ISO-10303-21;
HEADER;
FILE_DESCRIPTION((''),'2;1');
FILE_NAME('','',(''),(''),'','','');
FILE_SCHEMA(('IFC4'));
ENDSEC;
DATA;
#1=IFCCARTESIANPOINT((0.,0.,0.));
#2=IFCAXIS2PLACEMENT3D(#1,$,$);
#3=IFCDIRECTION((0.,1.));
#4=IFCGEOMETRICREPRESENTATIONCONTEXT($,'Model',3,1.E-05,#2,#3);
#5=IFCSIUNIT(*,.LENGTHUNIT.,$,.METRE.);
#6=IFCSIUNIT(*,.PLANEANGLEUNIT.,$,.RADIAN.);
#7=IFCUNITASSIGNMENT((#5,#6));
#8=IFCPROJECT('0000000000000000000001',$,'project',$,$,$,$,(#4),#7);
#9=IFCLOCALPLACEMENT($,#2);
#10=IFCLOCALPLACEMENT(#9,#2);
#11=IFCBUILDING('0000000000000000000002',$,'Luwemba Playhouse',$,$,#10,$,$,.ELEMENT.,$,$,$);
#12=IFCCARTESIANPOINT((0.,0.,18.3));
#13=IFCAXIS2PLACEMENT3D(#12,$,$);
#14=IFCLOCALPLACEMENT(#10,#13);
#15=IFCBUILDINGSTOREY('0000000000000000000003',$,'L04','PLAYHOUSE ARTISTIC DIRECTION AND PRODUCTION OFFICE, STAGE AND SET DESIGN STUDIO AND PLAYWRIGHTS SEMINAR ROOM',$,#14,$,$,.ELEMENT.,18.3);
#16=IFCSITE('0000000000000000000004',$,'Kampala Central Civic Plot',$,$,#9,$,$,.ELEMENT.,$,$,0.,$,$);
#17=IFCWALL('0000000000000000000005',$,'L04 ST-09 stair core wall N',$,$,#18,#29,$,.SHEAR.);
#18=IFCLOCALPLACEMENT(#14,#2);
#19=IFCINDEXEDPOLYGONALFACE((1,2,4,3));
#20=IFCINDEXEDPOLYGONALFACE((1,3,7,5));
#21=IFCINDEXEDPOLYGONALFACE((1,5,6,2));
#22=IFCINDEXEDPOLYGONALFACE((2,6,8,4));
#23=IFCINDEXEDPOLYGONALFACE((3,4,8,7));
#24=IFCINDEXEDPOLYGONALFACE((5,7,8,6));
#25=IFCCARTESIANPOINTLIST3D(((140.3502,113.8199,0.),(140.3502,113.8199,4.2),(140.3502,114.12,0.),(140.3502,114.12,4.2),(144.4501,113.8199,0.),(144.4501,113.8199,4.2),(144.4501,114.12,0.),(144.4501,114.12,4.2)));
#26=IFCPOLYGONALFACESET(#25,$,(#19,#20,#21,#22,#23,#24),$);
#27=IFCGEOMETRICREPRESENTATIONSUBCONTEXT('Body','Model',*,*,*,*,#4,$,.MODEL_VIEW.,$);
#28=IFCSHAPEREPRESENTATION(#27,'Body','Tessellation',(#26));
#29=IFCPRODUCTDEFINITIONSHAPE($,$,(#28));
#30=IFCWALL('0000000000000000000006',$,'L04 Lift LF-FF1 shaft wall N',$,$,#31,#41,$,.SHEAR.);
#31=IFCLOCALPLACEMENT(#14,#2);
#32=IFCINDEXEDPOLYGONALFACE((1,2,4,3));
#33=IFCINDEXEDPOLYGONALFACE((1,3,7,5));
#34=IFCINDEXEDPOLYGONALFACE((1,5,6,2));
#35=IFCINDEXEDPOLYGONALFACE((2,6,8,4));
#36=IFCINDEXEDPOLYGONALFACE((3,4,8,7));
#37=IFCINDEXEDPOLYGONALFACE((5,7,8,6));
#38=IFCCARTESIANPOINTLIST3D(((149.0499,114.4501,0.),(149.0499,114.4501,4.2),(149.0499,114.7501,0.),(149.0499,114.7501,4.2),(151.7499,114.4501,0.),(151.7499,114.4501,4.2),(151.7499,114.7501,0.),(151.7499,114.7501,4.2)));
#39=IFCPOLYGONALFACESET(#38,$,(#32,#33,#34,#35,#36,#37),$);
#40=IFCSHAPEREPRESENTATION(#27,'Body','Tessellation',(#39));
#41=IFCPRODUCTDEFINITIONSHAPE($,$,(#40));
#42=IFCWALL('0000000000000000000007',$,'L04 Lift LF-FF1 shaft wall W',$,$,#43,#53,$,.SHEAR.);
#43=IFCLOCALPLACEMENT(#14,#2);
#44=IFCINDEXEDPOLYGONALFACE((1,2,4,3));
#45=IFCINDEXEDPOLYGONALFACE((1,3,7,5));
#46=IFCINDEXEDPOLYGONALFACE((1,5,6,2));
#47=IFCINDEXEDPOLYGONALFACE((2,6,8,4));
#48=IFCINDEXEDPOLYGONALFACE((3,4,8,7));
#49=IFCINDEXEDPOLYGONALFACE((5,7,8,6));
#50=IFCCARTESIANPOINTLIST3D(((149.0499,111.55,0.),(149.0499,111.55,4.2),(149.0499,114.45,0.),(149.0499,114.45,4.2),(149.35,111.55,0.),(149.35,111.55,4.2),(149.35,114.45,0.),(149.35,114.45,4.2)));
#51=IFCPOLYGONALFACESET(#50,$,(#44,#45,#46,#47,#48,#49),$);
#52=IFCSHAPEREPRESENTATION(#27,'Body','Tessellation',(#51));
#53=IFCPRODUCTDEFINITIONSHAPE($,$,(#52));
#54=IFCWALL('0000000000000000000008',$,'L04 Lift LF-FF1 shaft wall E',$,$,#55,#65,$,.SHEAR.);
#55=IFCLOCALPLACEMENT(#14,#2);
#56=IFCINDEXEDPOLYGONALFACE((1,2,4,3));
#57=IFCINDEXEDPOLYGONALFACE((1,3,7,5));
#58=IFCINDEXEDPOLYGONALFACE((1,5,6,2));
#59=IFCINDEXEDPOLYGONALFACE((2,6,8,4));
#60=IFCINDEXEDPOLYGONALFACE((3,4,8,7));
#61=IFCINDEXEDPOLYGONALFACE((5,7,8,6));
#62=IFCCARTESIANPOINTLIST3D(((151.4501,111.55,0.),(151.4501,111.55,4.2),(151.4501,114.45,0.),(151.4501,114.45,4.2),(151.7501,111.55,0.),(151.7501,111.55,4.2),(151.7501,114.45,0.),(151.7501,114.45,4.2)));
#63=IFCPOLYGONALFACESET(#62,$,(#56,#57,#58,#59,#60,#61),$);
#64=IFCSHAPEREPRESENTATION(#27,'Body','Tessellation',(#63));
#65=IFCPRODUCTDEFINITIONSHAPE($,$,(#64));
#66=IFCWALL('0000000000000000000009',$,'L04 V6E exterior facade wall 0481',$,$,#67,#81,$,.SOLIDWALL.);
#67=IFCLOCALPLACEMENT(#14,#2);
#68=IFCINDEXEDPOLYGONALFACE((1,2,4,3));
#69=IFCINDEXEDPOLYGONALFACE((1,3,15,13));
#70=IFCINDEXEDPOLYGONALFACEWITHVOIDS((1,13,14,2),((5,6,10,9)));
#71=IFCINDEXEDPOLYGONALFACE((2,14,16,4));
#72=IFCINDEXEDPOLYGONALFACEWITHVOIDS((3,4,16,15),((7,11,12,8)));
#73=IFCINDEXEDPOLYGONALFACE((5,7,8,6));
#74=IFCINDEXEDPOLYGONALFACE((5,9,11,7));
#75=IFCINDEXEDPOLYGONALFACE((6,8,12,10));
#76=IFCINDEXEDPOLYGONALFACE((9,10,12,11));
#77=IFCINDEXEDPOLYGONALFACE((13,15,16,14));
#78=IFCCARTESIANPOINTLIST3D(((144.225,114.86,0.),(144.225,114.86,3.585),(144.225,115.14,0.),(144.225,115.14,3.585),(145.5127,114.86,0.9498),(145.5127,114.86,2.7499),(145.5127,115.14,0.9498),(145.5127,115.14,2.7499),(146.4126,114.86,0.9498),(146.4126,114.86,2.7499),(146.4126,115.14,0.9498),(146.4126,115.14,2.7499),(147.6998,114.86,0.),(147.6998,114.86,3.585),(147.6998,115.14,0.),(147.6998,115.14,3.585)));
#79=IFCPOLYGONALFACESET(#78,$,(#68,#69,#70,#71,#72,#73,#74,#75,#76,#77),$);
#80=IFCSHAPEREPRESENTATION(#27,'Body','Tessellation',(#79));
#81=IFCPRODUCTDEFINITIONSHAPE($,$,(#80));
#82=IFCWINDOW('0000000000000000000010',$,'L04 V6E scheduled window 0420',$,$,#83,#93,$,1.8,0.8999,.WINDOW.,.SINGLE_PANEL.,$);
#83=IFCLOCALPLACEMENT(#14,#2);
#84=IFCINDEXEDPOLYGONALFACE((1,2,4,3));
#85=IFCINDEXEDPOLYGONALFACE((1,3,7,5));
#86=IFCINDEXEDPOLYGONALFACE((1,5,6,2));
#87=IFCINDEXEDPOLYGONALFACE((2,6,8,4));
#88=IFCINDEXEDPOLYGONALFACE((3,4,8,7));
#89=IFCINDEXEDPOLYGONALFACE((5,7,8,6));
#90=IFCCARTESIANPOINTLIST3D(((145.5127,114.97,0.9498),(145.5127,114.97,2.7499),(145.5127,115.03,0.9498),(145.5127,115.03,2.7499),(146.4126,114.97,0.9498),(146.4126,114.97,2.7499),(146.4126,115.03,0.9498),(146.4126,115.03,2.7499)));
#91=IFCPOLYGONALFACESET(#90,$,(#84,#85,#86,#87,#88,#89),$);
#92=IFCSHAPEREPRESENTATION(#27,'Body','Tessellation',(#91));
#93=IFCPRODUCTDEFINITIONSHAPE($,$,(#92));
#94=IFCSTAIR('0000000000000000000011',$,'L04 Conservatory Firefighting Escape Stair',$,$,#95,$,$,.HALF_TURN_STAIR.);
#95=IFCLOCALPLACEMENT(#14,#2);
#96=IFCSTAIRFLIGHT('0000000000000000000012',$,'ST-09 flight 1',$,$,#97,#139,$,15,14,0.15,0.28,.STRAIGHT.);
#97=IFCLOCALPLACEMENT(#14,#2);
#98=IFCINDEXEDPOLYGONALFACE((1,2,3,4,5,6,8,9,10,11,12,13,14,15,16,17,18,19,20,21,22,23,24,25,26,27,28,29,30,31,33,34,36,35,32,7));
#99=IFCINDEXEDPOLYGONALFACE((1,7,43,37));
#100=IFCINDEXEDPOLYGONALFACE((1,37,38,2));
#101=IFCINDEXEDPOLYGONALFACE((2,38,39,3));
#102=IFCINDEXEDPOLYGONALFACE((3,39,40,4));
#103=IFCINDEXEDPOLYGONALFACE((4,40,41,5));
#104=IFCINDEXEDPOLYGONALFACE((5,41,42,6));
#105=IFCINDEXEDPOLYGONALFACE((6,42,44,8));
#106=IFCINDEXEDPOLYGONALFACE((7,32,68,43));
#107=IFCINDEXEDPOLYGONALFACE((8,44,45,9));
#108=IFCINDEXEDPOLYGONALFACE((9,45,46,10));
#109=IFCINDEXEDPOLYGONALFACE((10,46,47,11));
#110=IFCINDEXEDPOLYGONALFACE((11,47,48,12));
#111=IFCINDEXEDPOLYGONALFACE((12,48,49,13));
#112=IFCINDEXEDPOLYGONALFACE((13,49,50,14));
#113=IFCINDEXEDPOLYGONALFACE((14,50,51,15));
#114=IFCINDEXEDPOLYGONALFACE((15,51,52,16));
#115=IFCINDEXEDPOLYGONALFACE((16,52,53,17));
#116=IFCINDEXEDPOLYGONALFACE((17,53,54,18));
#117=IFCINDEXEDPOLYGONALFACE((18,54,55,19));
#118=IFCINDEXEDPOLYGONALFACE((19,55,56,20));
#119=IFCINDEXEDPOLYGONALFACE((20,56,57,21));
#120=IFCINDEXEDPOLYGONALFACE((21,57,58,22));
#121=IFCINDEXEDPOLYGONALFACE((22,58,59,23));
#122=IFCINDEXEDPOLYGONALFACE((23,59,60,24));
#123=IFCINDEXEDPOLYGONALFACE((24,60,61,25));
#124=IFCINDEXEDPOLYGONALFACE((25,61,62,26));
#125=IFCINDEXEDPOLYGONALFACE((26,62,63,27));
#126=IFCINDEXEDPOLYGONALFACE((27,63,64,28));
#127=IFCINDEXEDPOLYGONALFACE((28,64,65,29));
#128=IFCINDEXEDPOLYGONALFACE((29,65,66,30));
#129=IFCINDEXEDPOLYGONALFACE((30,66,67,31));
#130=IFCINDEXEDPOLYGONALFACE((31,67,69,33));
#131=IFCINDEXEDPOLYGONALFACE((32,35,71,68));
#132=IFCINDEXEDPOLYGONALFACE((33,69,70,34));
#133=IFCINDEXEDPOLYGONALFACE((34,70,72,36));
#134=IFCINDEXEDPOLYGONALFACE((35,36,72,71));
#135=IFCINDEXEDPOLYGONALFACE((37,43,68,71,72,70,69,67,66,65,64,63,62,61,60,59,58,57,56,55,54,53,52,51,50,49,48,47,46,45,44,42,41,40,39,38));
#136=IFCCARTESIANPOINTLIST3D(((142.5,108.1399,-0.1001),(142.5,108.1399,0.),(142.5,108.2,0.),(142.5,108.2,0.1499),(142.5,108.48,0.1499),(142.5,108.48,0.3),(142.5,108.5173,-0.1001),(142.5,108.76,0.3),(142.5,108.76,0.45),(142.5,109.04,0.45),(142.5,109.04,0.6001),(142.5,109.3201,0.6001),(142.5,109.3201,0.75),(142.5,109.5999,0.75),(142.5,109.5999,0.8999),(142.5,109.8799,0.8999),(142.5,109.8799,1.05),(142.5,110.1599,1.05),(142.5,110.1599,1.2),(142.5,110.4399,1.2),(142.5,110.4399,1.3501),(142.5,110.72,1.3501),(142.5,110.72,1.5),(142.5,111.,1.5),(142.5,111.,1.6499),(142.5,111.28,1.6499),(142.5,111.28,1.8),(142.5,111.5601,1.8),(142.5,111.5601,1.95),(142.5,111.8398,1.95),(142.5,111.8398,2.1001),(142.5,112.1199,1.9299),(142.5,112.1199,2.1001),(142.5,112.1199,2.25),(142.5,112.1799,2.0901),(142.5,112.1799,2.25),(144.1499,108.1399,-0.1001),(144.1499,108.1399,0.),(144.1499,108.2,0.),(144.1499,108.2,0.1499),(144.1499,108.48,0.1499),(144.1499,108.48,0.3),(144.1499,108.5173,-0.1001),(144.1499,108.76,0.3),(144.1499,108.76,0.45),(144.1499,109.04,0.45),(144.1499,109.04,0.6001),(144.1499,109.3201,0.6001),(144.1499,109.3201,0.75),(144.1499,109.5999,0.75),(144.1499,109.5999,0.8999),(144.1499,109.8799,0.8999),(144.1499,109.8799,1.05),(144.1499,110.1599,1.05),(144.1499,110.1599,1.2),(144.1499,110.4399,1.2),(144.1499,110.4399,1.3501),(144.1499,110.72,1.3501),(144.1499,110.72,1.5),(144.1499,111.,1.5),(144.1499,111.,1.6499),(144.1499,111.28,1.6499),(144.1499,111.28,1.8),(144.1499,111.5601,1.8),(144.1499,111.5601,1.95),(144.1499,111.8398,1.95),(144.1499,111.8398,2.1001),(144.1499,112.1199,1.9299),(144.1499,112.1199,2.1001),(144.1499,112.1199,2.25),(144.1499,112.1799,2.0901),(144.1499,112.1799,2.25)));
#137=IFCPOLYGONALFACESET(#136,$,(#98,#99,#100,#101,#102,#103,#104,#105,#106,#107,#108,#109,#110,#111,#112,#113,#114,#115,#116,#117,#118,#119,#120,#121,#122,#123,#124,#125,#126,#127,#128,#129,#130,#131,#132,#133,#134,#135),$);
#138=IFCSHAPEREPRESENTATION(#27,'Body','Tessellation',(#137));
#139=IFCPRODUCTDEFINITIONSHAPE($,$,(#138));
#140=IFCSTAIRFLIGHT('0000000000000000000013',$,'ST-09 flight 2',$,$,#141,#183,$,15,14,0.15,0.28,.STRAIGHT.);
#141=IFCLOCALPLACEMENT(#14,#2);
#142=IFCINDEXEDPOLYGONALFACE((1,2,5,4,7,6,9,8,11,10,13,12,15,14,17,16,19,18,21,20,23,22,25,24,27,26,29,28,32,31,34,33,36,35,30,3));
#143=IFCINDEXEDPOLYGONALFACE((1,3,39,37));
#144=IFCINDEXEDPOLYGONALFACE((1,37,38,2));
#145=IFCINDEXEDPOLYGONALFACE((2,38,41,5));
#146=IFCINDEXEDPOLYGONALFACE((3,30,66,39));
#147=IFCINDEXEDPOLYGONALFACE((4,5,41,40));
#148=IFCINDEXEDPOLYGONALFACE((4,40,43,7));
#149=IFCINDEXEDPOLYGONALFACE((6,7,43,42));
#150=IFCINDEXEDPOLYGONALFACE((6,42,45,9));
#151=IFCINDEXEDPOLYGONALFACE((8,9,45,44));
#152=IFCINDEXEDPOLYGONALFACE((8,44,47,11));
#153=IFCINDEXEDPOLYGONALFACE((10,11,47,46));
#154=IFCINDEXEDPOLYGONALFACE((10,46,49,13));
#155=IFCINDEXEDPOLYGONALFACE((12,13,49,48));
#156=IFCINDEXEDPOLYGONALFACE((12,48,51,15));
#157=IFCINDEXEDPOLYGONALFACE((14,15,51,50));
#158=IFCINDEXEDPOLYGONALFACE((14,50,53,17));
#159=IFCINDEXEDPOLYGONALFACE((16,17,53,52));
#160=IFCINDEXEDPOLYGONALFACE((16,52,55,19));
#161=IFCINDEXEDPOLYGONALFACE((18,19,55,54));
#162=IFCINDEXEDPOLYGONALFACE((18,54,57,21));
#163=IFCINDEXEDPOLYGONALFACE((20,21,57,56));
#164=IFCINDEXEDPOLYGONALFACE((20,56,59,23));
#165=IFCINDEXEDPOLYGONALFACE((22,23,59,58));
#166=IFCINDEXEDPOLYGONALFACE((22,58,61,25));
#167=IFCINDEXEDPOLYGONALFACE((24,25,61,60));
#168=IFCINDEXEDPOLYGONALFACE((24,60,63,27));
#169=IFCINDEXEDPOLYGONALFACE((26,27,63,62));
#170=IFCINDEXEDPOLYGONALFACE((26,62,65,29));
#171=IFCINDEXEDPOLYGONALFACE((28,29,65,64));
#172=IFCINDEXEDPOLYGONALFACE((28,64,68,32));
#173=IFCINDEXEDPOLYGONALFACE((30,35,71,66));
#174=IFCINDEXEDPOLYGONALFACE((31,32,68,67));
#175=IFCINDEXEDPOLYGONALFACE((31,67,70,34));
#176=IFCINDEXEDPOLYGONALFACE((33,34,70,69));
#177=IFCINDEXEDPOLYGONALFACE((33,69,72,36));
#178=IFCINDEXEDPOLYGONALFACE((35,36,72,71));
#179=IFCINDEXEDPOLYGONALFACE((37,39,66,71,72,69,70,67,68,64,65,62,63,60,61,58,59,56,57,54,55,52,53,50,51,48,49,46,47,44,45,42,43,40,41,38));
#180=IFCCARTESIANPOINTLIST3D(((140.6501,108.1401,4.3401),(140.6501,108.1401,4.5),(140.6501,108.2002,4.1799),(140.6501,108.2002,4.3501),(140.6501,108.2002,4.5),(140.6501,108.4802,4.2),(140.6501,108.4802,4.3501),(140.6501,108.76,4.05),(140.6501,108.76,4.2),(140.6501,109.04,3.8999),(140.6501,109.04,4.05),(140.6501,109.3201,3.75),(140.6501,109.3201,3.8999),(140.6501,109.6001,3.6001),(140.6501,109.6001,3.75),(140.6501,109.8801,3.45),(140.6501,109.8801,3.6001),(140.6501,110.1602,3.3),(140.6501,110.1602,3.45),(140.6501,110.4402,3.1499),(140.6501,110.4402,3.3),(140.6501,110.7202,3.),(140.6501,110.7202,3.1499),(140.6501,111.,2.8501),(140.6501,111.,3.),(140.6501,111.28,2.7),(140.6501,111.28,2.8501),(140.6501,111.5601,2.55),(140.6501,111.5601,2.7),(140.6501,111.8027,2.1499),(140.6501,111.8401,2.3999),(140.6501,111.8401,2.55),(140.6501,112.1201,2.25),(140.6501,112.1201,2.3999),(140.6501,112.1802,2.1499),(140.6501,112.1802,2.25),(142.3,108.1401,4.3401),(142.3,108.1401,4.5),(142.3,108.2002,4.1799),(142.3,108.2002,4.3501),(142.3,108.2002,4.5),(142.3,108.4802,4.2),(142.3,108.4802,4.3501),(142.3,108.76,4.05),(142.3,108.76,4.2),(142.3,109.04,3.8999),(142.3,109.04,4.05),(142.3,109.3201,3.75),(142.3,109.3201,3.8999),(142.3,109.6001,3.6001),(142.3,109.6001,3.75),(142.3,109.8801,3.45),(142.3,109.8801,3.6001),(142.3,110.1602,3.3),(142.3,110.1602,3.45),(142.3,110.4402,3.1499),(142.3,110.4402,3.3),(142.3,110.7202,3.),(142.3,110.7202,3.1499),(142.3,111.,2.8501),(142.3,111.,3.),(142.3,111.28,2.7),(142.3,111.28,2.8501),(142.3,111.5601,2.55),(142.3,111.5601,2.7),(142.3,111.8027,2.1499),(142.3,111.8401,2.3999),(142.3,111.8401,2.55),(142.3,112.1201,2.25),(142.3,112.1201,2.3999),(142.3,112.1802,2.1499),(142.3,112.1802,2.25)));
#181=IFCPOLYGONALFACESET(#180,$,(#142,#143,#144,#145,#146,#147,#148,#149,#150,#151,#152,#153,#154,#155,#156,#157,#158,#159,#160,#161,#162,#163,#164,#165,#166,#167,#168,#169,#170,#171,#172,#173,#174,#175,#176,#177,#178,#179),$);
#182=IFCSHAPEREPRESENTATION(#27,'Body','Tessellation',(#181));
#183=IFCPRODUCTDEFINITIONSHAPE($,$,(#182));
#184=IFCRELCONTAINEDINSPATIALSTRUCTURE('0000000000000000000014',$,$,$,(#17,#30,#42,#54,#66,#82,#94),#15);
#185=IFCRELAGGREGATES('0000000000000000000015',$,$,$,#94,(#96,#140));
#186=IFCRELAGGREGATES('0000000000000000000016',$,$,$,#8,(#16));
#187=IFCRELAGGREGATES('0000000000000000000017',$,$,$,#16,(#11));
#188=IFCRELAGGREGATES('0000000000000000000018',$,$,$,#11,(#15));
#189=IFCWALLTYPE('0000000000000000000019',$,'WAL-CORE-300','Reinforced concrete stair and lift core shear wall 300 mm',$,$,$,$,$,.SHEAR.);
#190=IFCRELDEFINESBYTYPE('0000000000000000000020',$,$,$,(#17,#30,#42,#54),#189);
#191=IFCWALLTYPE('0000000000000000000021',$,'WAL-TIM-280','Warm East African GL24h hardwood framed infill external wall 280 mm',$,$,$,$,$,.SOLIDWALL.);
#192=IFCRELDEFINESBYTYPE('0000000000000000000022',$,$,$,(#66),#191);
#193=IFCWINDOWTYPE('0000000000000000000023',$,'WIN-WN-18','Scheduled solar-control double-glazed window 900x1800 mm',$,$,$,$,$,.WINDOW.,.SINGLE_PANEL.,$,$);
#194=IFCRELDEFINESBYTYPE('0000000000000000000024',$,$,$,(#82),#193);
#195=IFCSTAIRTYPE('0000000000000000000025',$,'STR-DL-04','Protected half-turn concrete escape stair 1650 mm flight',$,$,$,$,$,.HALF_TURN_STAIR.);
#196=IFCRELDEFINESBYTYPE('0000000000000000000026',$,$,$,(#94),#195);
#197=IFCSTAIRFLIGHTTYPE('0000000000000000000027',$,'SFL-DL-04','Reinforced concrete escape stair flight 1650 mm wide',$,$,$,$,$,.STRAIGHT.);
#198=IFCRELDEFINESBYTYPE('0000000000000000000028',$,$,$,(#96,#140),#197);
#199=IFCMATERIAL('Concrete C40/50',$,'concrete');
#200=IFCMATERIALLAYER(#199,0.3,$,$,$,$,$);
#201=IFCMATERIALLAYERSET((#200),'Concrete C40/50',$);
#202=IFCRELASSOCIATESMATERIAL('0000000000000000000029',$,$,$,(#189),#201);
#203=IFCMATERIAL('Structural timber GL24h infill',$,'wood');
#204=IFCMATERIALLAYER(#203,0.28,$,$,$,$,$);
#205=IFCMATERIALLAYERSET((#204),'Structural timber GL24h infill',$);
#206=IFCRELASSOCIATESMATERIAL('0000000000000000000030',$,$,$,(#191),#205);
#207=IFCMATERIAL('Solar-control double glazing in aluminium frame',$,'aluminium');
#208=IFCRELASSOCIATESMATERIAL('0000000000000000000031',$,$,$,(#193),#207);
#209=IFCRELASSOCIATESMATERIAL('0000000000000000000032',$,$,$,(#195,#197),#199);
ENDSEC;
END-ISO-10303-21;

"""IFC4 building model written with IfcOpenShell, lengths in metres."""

from ifc_helpers import new_model, si_unit, direction, frame, frame_2d, origin, place, context, subcontext, project, spatial, polyline, rectangle, outline, extrude, material, layer, layer_set, type_object, element, fill, aggregate, save


model = new_model("IFC4")

# Units and contexts
model_context = context("Model", 3, precision=1e-05, world=origin(), true_north=direction((0.0, 1.0)))
body_context = subcontext(model_context, "Body", "Model", "MODEL_VIEW")
ifc_project = project(units=[si_unit("LENGTHUNIT", "METRE"), si_unit("PLANEANGLEUNIT", "RADIAN")], contexts=[model_context])

# Site, building, storey
site_placement = place(None, origin())
site = spatial("IfcSite", under=ifc_project, at=site_placement, Name="Kampala Central Civic Plot", CompositionType="ELEMENT", RefElevation=0.0)
building_placement = place(site_placement, origin())
building = spatial("IfcBuilding", under=site, at=building_placement, Name="Luwemba Playhouse", CompositionType="ELEMENT")
storey_placement = place(building_placement, frame((0.0, 0.0, 18.3)))
storey = spatial("IfcBuildingStorey", under=building, at=storey_placement, Name="L04", Description="PLAYHOUSE ARTISTIC DIRECTION AND PRODUCTION OFFICE, STAGE AND SET DESIGN STUDIO AND PLAYWRIGHTS SEMINAR ROOM", CompositionType="ELEMENT", Elevation=18.3)

# Shared definitions
ifc_material_1 = material(Name="Concrete C40/50", Category="concrete")

# Shared definitions
ifc_material_2 = material(Name="Solar-control double glazing in aluminium frame", Category="aluminium")

# Wall
ifc_layer_1 = layer(ifc_material_1, 0.3)
ifc_layer_set_1 = layer_set([ifc_layer_1], Name="Concrete C40/50")
wall_type_1 = type_object("IfcWallType", Name="WAL-CORE-300", Description="Reinforced concrete stair and lift core shear wall 300 mm", PredefinedType="SHEAR", material=ifc_layer_set_1)
wall_1_placement = place(storey_placement, frame((144.45, 113.97, 0.0), z_axis=(0.0, 0.0, 1.0), x_axis=(-1.0, 0.0, 0.0)))
element("IfcWall", 1, at=wall_1_placement, inside=storey, type_object=wall_type_1, Name="L04 ST-09 stair core wall N", PredefinedType="SHEAR", context=body_context, shape_type="SweptSolid", body=[
    extrude(rectangle(XDim=4.0999, YDim=0.3, at=frame_2d((2.0498, 0.0))), origin(), (0.0, 0.0, 1.0), 4.2),
])

# Walls
wall_2_placement = place(storey_placement, frame((151.75, 114.6001, 0.0), z_axis=(0.0, 0.0, 1.0), x_axis=(-1.0, 0.0, 0.0)))
element("IfcWall", 2, at=wall_2_placement, inside=storey, type_object=wall_type_1, Name="L04 Lift LF-FF1 shaft wall N", PredefinedType="SHEAR", context=body_context, shape_type="SweptSolid", body=[
    extrude(rectangle(XDim=2.7, YDim=0.3, at=frame_2d((1.3501, 0.0))), origin(), (0.0, 0.0, 1.0), 4.2),
])
for number, where, z_axis, x_axis, name in (
    (3, (149.2, 111.55, 0.0), (0.0, 0.0, 1.0), (0.0, 1.0, 0.0), "L04 Lift LF-FF1 shaft wall W"),
    (4, (151.6001, 114.45, 0.0), (0.0, 0.0, 1.0), (0.0, -1.0, 0.0), "L04 Lift LF-FF1 shaft wall E"),
):
    element("IfcWall", number, at=place(storey_placement, frame(where, z_axis=z_axis, x_axis=x_axis)), inside=storey, type_object=wall_type_1, Name=name, PredefinedType="SHEAR", context=body_context, shape_type="SweptSolid", body=[
        extrude(rectangle(XDim=2.8999, YDim=0.3, at=frame_2d((1.45, 0.0))), origin(), (0.0, 0.0, 1.0), 4.2),
    ])

# Wall, opening, window
ifc_material_3 = material(Name="Structural timber GL24h infill", Category="wood")
ifc_layer_2 = layer(ifc_material_3, 0.28)
ifc_layer_set_2 = layer_set([ifc_layer_2], Name="Structural timber GL24h infill")
wall_type_2 = type_object("IfcWallType", Name="WAL-TIM-280", Description="Warm East African GL24h hardwood framed infill external wall 280 mm", PredefinedType="SOLIDWALL", material=ifc_layer_set_2)
wall_3_placement = place(storey_placement, frame((144.2251, 115.0, 0.0), z_axis=(0.0, 0.0, 1.0), x_axis=(1.0, 0.0, 0.0)))
wall_3 = element("IfcWall", 5, at=wall_3_placement, inside=storey, type_object=wall_type_2, Name="L04 V6E exterior facade wall 0481", PredefinedType="SOLIDWALL", context=body_context, shape_type="SweptSolid", body=[
    extrude(rectangle(XDim=3.4749, YDim=0.28, at=frame_2d((1.7373, 0.0))), origin(), (0.0, 0.0, 1.0), 3.585),
])
opening_1_placement = place(wall_3_placement, frame((1.2876, 0.0, 0.95)))
opening_1 = element("IfcOpeningElement", 6, at=opening_1_placement, cuts=wall_3, PredefinedType="OPENING", context=body_context, shape_type="SweptSolid", body=[
    extrude(rectangle(XDim=0.8999, YDim=1.8, at=frame_2d((0.45, 0.8999))), frame((0.0, 0.1499, 0.0), z_axis=(0.0, -1.0, 0.0), x_axis=(1.0, 0.0, 0.0)), (0.0, 0.0, 1.0), 0.3),
])
window_type_1 = type_object("IfcWindowType", Name="WIN-WN-18", Description="Scheduled solar-control double-glazed window 900x1800 mm", PartitioningType="SINGLE_PANEL", PredefinedType="WINDOW", material=ifc_material_2)
window_1_placement = place(opening_1_placement, origin())
window_1 = element("IfcWindow", 7, at=window_1_placement, inside=storey, type_object=window_type_1, Name="L04 V6E scheduled window 0420", OverallHeight=1.8, OverallWidth=0.8999, PartitioningType="SINGLE_PANEL", PredefinedType="WINDOW", context=body_context, shape_type="SweptSolid", body=[
    extrude(rectangle(XDim=0.8999, YDim=1.8, at=frame_2d((0.45, 0.8999))), frame((0.0, 0.03, 0.0), z_axis=(0.0, -1.0, 0.0), x_axis=(1.0, 0.0, 0.0)), (0.0, 0.0, 1.0), 0.0601),
])
fill(opening_1, window_1)

# Stair, stair flights
stair_type = type_object("IfcStairType", Name="STR-DL-04", Description="Protected half-turn concrete escape stair 1650 mm flight", PredefinedType="HALF_TURN_STAIR", material=ifc_material_1)
stair_placement = place(storey_placement, origin())
stair = element("IfcStair", 8, at=stair_placement, inside=storey, type_object=stair_type, Name="L04 Conservatory Firefighting Escape Stair", PredefinedType="HALF_TURN_STAIR")
stair_flight_type = type_object("IfcStairFlightType", Name="SFL-DL-04", Description="Reinforced concrete escape stair flight 1650 mm wide", PredefinedType="STRAIGHT", material=ifc_material_1)
stair_flight_1_placement = place(storey_placement, frame((143.325, 108.2, 0.0), z_axis=(0.0, 0.0, 1.0), x_axis=(0.0, 1.0, 0.0)))
stair_flight_1 = element("IfcStairFlight", 9, at=stair_flight_1_placement, type_object=stair_flight_type, Name="ST-09 flight 1", NumberOfRisers=15, NumberOfTreads=14, PredefinedType="STRAIGHT", RiserHeight=0.15, TreadLength=0.28, context=body_context, shape_type="SweptSolid", body=[
    extrude(outline(polyline([(-0.0601, -0.1001), (-0.0601, 0.0), (0.0, 0.0), (0.0, 0.1499), (0.28, 0.1499), (0.28, 0.3), (0.5601, 0.3), (0.5601, 0.45), (0.8401, 0.45), (0.8401, 0.6001), (1.1201, 0.6001), (1.1201, 0.75), (1.3999, 0.75), (1.3999, 0.8999), (1.6799, 0.8999), (1.6799, 1.05), (1.96, 1.05), (1.96, 1.2), (2.24, 1.2), (2.24, 1.3501), (2.52, 1.3501), (2.52, 1.5), (2.8, 1.5), (2.8, 1.6499), (3.0801, 1.6499), (3.0801, 1.8), (3.3601, 1.8), (3.3601, 1.95), (3.6399, 1.95), (3.6399, 2.1001), (3.9199, 2.1001), (3.9199, 2.25), (3.98, 2.25), (3.98, 2.0901), (3.9199, 1.9299), (0.3174, -0.1001), (-0.0601, -0.1001)])), frame((0.0, 0.825, 0.0), z_axis=(0.0, -1.0, 0.0), x_axis=(1.0, 0.0, 0.0)), (0.0, 0.0, 1.0), 1.6499),
])
stair_flight_2_placement = place(storey_placement, frame((141.4751, 112.1201, 2.25), z_axis=(0.0, 0.0, 1.0), x_axis=(0.0, -1.0, 0.0)))
stair_flight_2 = element("IfcStairFlight", 10, at=stair_flight_2_placement, type_object=stair_flight_type, Name="ST-09 flight 2", NumberOfRisers=15, NumberOfTreads=14, PredefinedType="STRAIGHT", RiserHeight=0.15, TreadLength=0.28, context=body_context, shape_type="SweptSolid", body=[
    extrude(outline(polyline([(-0.0601, -0.1001), (-0.0601, 0.0), (0.0, 0.0), (0.0, 0.1499), (0.28, 0.1499), (0.28, 0.3), (0.5601, 0.3), (0.5601, 0.45), (0.8401, 0.45), (0.8401, 0.6001), (1.1201, 0.6001), (1.1201, 0.75), (1.3999, 0.75), (1.3999, 0.8999), (1.6799, 0.8999), (1.6799, 1.05), (1.96, 1.05), (1.96, 1.2), (2.24, 1.2), (2.24, 1.3501), (2.52, 1.3501), (2.52, 1.5), (2.8, 1.5), (2.8, 1.6499), (3.0801, 1.6499), (3.0801, 1.8), (3.3601, 1.8), (3.3601, 1.95), (3.6399, 1.95), (3.6399, 2.1001), (3.9199, 2.1001), (3.9199, 2.25), (3.98, 2.25), (3.98, 2.0901), (3.9199, 1.9299), (0.3174, -0.1001), (-0.0601, -0.1001)])), frame((0.0, 0.825, 0.0), z_axis=(0.0, -1.0, 0.0), x_axis=(1.0, 0.0, 0.0)), (0.0, 0.0, 1.0), 1.6499),
])
aggregate(stair, [stair_flight_1, stair_flight_2])

save(model, "model.ifc")
